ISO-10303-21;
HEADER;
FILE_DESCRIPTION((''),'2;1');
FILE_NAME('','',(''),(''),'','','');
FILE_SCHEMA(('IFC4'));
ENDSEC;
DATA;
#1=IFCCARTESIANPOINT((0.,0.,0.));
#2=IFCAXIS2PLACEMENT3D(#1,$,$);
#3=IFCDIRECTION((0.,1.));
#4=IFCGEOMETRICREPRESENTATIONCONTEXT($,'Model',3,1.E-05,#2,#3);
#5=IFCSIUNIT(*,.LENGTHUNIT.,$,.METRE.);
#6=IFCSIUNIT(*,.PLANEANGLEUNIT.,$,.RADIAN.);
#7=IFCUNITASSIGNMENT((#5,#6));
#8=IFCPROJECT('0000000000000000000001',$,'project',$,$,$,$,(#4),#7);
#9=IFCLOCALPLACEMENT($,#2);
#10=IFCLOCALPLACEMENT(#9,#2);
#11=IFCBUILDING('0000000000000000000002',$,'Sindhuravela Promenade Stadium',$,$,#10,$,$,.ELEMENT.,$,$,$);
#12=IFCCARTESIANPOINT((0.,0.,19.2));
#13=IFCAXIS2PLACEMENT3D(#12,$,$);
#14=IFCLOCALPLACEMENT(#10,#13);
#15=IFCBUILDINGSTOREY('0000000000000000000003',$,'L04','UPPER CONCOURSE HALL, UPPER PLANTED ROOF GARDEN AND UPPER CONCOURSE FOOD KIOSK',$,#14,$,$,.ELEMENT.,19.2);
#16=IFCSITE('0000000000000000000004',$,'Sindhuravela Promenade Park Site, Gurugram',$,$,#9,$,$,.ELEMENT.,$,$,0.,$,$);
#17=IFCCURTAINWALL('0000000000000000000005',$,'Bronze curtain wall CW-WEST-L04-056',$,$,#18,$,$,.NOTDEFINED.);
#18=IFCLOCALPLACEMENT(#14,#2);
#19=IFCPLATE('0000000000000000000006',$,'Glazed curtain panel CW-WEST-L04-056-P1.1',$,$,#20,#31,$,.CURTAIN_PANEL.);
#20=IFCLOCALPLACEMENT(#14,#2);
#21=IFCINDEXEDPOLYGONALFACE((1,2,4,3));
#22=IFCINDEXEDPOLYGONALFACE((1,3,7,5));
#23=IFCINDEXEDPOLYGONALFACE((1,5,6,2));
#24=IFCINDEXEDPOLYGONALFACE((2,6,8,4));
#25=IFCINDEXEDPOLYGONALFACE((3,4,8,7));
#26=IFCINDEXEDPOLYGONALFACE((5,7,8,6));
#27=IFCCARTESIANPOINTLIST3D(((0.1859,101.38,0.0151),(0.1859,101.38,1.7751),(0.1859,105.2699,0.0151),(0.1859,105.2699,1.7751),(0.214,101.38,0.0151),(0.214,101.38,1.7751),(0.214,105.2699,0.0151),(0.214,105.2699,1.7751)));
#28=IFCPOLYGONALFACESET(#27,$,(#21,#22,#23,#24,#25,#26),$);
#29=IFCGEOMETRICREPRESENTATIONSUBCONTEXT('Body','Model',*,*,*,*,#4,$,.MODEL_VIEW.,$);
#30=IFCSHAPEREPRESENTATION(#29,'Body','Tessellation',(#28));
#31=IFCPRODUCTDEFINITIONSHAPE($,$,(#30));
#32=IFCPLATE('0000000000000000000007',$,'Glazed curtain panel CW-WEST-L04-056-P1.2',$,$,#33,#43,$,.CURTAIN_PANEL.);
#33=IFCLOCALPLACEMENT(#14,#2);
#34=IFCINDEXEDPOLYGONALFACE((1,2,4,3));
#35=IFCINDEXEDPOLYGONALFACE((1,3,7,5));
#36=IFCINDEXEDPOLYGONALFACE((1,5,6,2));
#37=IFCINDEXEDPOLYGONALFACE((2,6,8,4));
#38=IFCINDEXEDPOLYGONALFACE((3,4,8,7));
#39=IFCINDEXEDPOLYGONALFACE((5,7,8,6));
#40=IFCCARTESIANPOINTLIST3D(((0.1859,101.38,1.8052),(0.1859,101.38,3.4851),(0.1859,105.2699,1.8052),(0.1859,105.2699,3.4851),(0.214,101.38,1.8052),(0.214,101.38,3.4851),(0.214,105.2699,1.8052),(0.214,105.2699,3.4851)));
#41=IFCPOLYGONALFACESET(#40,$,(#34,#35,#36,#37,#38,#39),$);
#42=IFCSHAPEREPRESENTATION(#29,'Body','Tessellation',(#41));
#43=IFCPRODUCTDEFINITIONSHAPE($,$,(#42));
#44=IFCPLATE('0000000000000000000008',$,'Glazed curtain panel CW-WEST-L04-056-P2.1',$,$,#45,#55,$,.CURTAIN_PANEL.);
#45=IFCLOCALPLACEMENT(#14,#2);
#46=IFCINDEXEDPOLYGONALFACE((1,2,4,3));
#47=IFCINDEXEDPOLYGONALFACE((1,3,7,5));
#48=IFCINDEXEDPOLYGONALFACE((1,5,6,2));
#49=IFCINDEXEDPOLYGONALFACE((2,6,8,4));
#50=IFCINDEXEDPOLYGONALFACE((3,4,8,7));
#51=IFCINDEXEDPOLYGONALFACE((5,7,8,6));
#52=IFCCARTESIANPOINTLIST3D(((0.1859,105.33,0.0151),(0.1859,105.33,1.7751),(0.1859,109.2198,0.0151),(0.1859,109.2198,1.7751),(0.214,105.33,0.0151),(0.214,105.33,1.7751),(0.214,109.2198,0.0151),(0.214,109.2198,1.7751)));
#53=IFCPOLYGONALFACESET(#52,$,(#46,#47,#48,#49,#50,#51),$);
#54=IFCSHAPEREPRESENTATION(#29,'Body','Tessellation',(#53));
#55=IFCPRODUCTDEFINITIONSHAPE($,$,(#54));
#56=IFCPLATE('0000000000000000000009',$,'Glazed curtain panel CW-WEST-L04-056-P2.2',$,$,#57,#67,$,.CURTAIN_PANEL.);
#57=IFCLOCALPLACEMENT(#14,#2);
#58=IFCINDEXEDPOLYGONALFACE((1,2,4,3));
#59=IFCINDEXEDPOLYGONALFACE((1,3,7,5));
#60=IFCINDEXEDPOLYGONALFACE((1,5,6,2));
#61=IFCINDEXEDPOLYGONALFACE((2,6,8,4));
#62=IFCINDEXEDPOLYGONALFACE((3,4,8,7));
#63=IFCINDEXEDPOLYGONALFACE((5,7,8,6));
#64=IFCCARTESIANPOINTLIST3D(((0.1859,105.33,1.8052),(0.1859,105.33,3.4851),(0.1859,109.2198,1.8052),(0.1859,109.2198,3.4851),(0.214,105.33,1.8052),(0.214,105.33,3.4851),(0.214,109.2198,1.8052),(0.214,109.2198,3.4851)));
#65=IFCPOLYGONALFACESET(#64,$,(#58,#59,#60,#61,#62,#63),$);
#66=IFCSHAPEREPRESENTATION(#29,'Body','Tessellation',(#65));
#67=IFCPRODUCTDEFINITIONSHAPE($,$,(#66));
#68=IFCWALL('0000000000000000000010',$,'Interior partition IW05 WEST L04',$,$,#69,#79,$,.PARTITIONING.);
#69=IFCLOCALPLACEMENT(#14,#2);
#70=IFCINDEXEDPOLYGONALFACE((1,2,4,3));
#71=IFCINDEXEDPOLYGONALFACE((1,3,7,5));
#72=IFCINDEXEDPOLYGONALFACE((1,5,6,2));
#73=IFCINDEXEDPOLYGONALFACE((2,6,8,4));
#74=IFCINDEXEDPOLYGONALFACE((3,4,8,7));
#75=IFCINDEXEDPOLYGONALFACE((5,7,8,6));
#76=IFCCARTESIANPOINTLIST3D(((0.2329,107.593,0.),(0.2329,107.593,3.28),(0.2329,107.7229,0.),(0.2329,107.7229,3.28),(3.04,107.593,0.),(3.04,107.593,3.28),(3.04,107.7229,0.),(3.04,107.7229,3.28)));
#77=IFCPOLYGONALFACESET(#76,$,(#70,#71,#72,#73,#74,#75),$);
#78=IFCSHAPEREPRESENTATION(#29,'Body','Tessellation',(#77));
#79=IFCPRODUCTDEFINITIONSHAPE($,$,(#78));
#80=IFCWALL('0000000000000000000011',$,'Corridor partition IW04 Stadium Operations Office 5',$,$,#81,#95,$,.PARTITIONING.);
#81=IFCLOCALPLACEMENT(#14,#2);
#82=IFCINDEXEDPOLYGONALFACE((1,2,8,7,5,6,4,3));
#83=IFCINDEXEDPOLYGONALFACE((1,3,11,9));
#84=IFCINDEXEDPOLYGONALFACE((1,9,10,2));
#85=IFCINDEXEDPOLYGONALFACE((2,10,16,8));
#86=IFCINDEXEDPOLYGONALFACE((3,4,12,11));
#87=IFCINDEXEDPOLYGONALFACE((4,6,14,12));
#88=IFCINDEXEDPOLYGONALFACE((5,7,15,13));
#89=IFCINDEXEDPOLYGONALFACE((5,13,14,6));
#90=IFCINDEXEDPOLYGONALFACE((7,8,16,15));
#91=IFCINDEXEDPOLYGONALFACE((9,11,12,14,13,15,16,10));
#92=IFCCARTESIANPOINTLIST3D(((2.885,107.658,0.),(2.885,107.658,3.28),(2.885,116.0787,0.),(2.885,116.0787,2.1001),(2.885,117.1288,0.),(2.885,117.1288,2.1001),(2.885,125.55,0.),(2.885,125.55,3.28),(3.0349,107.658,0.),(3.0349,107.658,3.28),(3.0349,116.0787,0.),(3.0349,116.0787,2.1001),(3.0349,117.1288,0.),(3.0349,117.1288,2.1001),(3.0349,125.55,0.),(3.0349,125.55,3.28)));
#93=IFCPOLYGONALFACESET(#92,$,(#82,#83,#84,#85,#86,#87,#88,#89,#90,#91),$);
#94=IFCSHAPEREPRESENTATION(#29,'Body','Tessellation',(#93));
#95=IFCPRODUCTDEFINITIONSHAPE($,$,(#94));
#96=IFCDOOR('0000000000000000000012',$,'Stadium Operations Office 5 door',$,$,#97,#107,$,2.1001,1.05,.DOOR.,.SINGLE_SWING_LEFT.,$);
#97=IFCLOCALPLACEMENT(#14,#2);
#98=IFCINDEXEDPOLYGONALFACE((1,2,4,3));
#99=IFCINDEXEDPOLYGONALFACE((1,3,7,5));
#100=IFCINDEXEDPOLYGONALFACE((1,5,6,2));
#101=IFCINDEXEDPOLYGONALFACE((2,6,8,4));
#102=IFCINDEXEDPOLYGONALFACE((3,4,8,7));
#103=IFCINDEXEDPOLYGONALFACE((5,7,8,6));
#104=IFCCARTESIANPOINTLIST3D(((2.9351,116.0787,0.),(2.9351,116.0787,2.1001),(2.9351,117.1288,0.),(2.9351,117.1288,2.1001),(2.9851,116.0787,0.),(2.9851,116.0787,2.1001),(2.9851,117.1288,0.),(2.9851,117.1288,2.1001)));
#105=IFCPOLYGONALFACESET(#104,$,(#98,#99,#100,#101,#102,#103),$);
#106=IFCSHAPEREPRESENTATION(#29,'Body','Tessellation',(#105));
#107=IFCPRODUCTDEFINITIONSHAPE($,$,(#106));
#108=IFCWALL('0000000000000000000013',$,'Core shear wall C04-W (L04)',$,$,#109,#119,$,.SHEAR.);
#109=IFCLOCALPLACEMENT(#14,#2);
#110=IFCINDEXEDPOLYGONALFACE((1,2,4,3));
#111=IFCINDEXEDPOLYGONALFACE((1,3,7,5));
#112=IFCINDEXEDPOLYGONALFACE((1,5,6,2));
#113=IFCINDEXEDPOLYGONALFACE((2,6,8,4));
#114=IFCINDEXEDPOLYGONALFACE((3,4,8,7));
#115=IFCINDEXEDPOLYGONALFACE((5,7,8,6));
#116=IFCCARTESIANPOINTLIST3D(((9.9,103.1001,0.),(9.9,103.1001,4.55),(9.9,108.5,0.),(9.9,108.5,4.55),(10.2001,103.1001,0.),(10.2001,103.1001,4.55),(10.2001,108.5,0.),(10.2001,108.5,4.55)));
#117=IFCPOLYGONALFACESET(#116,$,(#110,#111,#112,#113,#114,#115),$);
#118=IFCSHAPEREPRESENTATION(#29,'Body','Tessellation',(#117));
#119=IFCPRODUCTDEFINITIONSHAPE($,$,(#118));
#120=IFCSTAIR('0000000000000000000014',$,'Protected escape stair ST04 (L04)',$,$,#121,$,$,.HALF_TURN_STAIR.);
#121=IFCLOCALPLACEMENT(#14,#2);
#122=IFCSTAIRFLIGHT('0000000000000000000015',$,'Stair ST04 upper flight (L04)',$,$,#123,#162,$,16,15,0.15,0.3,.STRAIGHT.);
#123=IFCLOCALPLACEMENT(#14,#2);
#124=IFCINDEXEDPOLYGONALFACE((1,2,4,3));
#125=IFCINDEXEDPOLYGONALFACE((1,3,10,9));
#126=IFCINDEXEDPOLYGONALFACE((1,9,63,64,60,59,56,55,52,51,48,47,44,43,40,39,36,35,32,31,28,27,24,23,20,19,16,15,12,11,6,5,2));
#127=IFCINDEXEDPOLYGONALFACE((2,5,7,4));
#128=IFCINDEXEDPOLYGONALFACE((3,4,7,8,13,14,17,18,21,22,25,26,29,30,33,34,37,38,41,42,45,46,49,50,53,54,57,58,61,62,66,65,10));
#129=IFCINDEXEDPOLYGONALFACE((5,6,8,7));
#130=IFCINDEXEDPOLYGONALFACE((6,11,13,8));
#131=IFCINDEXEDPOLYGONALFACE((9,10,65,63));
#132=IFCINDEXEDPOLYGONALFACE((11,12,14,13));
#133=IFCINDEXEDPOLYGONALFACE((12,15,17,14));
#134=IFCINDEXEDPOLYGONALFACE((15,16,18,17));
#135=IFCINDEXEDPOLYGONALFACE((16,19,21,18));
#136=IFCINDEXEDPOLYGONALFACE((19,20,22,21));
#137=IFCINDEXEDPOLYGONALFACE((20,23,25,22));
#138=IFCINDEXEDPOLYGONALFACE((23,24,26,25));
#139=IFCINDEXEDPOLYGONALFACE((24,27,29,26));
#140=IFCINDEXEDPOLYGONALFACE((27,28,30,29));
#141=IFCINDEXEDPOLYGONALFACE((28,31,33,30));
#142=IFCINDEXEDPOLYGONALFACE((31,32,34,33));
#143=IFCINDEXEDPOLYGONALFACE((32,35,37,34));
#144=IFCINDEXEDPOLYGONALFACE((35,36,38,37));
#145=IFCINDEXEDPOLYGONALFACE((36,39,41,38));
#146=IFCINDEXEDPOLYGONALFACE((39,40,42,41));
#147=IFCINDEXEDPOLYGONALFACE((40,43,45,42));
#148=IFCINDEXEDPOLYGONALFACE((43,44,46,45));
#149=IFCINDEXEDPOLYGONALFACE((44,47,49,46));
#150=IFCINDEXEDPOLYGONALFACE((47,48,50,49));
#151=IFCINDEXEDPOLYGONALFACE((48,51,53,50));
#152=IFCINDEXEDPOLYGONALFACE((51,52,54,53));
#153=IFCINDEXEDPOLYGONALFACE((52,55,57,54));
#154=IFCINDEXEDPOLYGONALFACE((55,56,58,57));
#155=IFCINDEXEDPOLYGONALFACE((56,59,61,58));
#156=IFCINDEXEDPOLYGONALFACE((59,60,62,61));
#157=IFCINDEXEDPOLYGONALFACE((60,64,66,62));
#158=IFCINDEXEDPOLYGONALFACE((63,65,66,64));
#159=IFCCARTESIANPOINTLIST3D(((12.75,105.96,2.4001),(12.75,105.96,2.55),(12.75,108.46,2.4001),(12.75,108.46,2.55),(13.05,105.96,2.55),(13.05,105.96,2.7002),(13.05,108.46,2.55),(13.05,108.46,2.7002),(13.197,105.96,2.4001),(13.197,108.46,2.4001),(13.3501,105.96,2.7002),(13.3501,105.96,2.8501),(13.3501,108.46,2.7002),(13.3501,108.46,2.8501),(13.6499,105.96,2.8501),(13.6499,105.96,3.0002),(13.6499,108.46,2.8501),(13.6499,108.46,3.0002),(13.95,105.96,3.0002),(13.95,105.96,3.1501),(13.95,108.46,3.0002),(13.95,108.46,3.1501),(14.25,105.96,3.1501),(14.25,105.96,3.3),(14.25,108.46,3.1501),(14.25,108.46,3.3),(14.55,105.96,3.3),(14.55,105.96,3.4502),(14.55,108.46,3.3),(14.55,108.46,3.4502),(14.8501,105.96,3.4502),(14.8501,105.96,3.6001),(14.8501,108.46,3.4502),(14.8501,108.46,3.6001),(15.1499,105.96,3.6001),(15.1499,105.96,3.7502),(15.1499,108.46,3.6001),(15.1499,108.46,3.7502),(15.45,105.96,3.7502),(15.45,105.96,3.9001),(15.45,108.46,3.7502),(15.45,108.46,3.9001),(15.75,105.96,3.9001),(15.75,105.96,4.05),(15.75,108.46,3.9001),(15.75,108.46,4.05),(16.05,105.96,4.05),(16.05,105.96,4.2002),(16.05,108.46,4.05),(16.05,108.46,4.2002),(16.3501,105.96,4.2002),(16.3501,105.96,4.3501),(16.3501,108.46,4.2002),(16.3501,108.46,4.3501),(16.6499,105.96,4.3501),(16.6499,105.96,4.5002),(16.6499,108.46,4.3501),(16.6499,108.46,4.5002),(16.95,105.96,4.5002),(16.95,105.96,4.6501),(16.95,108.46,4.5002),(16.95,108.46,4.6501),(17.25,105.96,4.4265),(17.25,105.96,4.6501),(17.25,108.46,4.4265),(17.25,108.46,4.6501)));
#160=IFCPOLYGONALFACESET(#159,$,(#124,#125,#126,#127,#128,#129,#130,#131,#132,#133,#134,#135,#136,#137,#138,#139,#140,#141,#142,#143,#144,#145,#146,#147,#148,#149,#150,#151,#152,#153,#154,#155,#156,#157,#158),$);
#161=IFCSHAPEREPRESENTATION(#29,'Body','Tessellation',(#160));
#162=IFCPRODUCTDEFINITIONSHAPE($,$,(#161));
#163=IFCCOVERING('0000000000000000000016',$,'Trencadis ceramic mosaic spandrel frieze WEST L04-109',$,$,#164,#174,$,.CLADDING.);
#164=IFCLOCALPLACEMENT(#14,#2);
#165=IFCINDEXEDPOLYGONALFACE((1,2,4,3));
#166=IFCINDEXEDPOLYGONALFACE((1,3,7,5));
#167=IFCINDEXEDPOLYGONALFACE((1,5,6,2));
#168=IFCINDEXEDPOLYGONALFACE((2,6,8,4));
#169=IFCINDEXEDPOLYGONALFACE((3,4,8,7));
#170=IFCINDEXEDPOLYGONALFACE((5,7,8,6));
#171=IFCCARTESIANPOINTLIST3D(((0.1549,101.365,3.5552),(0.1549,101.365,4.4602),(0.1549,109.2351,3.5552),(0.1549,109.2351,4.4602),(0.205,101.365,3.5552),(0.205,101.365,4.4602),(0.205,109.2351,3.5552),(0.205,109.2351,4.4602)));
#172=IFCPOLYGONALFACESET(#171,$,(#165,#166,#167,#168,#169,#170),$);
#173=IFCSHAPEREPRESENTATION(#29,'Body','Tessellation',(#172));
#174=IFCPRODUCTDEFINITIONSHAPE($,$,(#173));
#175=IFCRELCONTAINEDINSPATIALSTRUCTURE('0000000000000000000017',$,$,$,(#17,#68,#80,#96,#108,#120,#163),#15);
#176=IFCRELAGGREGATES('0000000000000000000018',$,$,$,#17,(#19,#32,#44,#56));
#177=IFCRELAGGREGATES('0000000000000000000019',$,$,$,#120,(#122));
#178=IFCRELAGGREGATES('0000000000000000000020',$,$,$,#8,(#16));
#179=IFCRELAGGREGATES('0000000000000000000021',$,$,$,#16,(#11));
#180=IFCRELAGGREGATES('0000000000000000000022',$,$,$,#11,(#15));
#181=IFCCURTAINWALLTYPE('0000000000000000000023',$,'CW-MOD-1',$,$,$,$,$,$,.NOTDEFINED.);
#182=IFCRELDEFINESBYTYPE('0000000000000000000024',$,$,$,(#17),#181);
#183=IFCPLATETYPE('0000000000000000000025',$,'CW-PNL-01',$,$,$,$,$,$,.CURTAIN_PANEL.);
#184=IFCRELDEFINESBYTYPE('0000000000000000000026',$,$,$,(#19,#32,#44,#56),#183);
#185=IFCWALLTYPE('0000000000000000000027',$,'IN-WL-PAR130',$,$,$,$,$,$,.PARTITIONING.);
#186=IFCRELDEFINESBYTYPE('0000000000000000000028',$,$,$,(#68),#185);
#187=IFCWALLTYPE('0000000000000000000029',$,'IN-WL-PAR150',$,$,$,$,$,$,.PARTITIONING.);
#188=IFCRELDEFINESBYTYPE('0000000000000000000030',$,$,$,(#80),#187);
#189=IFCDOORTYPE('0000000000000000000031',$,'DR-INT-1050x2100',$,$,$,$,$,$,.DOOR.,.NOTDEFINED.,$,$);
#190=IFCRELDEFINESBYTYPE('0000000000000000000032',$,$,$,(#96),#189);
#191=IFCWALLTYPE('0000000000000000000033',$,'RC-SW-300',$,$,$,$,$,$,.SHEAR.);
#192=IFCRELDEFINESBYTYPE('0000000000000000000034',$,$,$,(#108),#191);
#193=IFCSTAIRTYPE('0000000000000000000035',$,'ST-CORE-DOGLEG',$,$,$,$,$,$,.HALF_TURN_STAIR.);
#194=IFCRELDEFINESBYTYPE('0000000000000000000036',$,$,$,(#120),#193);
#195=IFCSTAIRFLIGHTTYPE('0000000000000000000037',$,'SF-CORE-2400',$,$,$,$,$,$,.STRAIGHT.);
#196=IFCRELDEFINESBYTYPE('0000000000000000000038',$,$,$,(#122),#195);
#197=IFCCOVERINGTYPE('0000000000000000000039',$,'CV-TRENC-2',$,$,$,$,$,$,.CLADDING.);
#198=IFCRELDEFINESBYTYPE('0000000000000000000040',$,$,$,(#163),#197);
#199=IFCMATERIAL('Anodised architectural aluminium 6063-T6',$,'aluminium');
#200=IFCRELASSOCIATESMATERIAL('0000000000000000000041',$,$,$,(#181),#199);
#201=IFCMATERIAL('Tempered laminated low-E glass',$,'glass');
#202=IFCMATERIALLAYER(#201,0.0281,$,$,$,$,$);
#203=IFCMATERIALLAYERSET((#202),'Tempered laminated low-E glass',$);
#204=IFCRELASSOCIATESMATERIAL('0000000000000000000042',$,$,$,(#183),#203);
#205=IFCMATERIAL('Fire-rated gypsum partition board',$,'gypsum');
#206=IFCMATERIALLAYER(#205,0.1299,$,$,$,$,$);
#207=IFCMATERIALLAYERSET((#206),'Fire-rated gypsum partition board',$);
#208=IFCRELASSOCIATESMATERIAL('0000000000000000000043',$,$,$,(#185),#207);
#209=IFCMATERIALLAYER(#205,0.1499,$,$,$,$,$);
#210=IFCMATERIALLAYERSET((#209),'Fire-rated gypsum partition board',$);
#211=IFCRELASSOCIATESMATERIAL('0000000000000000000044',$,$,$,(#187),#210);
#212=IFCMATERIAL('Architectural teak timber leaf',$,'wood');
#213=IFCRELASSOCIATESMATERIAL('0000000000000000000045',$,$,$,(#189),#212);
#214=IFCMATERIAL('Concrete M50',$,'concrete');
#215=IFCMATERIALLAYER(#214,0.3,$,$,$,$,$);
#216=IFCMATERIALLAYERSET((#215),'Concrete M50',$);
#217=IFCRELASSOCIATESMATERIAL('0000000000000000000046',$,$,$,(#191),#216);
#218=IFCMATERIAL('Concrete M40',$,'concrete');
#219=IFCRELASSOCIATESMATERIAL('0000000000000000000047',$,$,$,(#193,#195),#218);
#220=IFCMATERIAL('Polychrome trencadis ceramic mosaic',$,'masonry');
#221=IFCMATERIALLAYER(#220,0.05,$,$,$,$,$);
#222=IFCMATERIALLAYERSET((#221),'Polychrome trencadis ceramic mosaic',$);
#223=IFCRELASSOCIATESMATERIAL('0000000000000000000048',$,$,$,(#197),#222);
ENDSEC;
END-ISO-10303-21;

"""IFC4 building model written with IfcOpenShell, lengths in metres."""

from ifc_helpers import new_model, si_unit, direction, frame, frame_2d, origin, origin_2d, place, context, subcontext, project, spatial, polyline, rectangle, outline, extrude, material, layer, layer_set, type_object, element, fill, aggregate, save


model = new_model("IFC4")

# Units and contexts
model_context = context("Model", 3, precision=1e-05, world=origin(), true_north=direction((0.0, 1.0)))
body_context = subcontext(model_context, "Body", "Model", "MODEL_VIEW")
ifc_project = project(units=[si_unit("LENGTHUNIT", "METRE"), si_unit("PLANEANGLEUNIT", "RADIAN")], contexts=[model_context])

# Site, building, storey
site_placement = place(None, origin())
site = spatial("IfcSite", under=ifc_project, at=site_placement, Name="Sindhuravela Promenade Park Site, Gurugram", CompositionType="ELEMENT", RefElevation=0.0)
building_placement = place(site_placement, origin())
building = spatial("IfcBuilding", under=site, at=building_placement, Name="Sindhuravela Promenade Stadium", CompositionType="ELEMENT")
storey_placement = place(building_placement, frame((0.0, 0.0, 19.2)))
storey = spatial("IfcBuildingStorey", under=building, at=storey_placement, Name="L04", Description="UPPER CONCOURSE HALL, UPPER PLANTED ROOF GARDEN AND UPPER CONCOURSE FOOD KIOSK", CompositionType="ELEMENT", Elevation=19.2)

# Shared definitions
ifc_material_1 = material(Name="Concrete M40", Category="concrete")

# Curtain wall
ifc_material_2 = material(Name="Anodised architectural aluminium 6063-T6", Category="aluminium")
curtain_wall_type = type_object("IfcCurtainWallType", Name="CW-MOD-1", PredefinedType="NOTDEFINED", material=ifc_material_2)
curtain_wall_placement = place(storey_placement, origin())
curtain_wall = element("IfcCurtainWall", 1, at=curtain_wall_placement, inside=storey, type_object=curtain_wall_type, Name="Bronze curtain wall CW-WEST-L04-056", PredefinedType="NOTDEFINED")

# Plates
ifc_material_3 = material(Name="Tempered laminated low-E glass", Category="glass")
ifc_layer_1 = layer(ifc_material_3, 0.0281)
ifc_layer_set_1 = layer_set([ifc_layer_1], Name="Tempered laminated low-E glass")
plate_type_1 = type_object("IfcPlateType", Name="CW-PNL-01", PredefinedType="CURTAIN_PANEL", material=ifc_layer_set_1)
plate_1_placement = place(storey_placement, frame((0.2, 103.325, 0.0151), z_axis=(0.0, 0.0, 1.0), x_axis=(0.0, 1.0, 0.0)))
plate_1 = element("IfcPlate", 2, at=plate_1_placement, type_object=plate_type_1, Name="Glazed curtain panel CW-WEST-L04-056-P1.1", PredefinedType="CURTAIN_PANEL", context=body_context, shape_type="SweptSolid", body=[
    extrude(rectangle(XDim=3.8899, YDim=0.0281, at=origin_2d()), origin(), (0.0, 0.0, 1.0), 1.76),
])
plate_2_placement = place(storey_placement, frame((0.2, 103.325, 1.8052), z_axis=(0.0, 0.0, 1.0), x_axis=(0.0, 1.0, 0.0)))
plate_2 = element("IfcPlate", 3, at=plate_2_placement, type_object=plate_type_1, Name="Glazed curtain panel CW-WEST-L04-056-P1.2", PredefinedType="CURTAIN_PANEL", context=body_context, shape_type="SweptSolid", body=[
    extrude(rectangle(XDim=3.8899, YDim=0.0281, at=origin_2d()), origin(), (0.0, 0.0, 1.0), 1.6799),
])
plate_3_placement = place(storey_placement, frame((0.2, 107.2749, 0.0151), z_axis=(0.0, 0.0, 1.0), x_axis=(0.0, 1.0, 0.0)))
plate_3 = element("IfcPlate", 4, at=plate_3_placement, type_object=plate_type_1, Name="Glazed curtain panel CW-WEST-L04-056-P2.1", PredefinedType="CURTAIN_PANEL", context=body_context, shape_type="SweptSolid", body=[
    extrude(rectangle(XDim=3.8899, YDim=0.0281, at=origin_2d()), origin(), (0.0, 0.0, 1.0), 1.76),
])
plate_4_placement = place(storey_placement, frame((0.2, 107.2749, 1.8052), z_axis=(0.0, 0.0, 1.0), x_axis=(0.0, 1.0, 0.0)))
plate_4 = element("IfcPlate", 5, at=plate_4_placement, type_object=plate_type_1, Name="Glazed curtain panel CW-WEST-L04-056-P2.2", PredefinedType="CURTAIN_PANEL", context=body_context, shape_type="SweptSolid", body=[
    extrude(rectangle(XDim=3.8899, YDim=0.0281, at=origin_2d()), origin(), (0.0, 0.0, 1.0), 1.6799),
])
aggregate(curtain_wall, [plate_1, plate_2, plate_3, plate_4])

# Wall
ifc_material_4 = material(Name="Fire-rated gypsum partition board", Category="gypsum")
ifc_layer_2 = layer(ifc_material_4, 0.1299)
ifc_layer_set_2 = layer_set([ifc_layer_2], Name="Fire-rated gypsum partition board")
wall_type_1 = type_object("IfcWallType", Name="IN-WL-PAR130", PredefinedType="PARTITIONING", material=ifc_layer_set_2)
wall_1_placement = place(storey_placement, frame((3.04, 107.658, 0.0), z_axis=(0.0, 0.0, 1.0), x_axis=(-1.0, 0.0, 0.0)))
element("IfcWall", 6, at=wall_1_placement, inside=storey, type_object=wall_type_1, Name="Interior partition IW05 WEST L04", PredefinedType="PARTITIONING", context=body_context, shape_type="SweptSolid", body=[
    extrude(rectangle(XDim=2.8071, YDim=0.1299, at=frame_2d((1.4036, 0.0))), origin(), (0.0, 0.0, 1.0), 3.28),
])

# Wall, opening, door
ifc_layer_3 = layer(ifc_material_4, 0.1499)
ifc_layer_set_3 = layer_set([ifc_layer_3], Name="Fire-rated gypsum partition board")
wall_type_2 = type_object("IfcWallType", Name="IN-WL-PAR150", PredefinedType="PARTITIONING", material=ifc_layer_set_3)
wall_2_placement = place(storey_placement, frame((2.96, 107.658, 0.0), z_axis=(0.0, 0.0, 1.0), x_axis=(0.0, 1.0, 0.0)))
wall_2 = element("IfcWall", 7, at=wall_2_placement, inside=storey, type_object=wall_type_2, Name="Corridor partition IW04 Stadium Operations Office 5", PredefinedType="PARTITIONING", context=body_context, shape_type="SweptSolid", body=[
    extrude(rectangle(XDim=17.8921, YDim=0.1499, at=frame_2d((8.946, 0.0))), origin(), (0.0, 0.0, 1.0), 3.28),
])
opening_placement = place(wall_2_placement, frame((8.4209, 0.0, 0.0)))
opening = element("IfcOpeningElement", 8, at=opening_placement, cuts=wall_2, PredefinedType="OPENING", context=body_context, shape_type="SweptSolid", body=[
    extrude(rectangle(XDim=1.05, YDim=2.1001, at=frame_2d((0.5249, 1.05))), frame((0.0, 0.085, 0.0), z_axis=(0.0, -1.0, 0.0), x_axis=(1.0, 0.0, 0.0)), (0.0, 0.0, 1.0), 0.1699),
])
ifc_material_5 = material(Name="Architectural teak timber leaf", Category="wood")
door_type = type_object("IfcDoorType", Name="DR-INT-1050x2100", OperationType="NOTDEFINED", PredefinedType="DOOR", material=ifc_material_5)
door_placement = place(opening_placement, origin())
door = element("IfcDoor", 9, at=door_placement, inside=storey, type_object=door_type, Name="Stadium Operations Office 5 door", OperationType="SINGLE_SWING_LEFT", OverallHeight=2.1001, OverallWidth=1.05, PredefinedType="DOOR", context=body_context, shape_type="SweptSolid", body=[
    extrude(rectangle(XDim=1.05, YDim=2.1001, at=frame_2d((0.5249, 1.05))), frame((0.0, 0.0249, 0.0), z_axis=(0.0, -1.0, 0.0), x_axis=(1.0, 0.0, 0.0)), (0.0, 0.0, 1.0), 0.05),
])
fill(opening, door)

# Wall
ifc_material_6 = material(Name="Concrete M50", Category="concrete")
ifc_layer_4 = layer(ifc_material_6, 0.3)
ifc_layer_set_4 = layer_set([ifc_layer_4], Name="Concrete M50")
wall_type_3 = type_object("IfcWallType", Name="RC-SW-300", PredefinedType="SHEAR", material=ifc_layer_set_4)
wall_3_placement = place(storey_placement, frame((10.05, 108.5, 0.0), z_axis=(0.0, 0.0, 1.0), x_axis=(0.0, -1.0, 0.0)))
element("IfcWall", 10, at=wall_3_placement, inside=storey, type_object=wall_type_3, Name="Core shear wall C04-W (L04)", PredefinedType="SHEAR", context=body_context, shape_type="SweptSolid", body=[
    extrude(rectangle(XDim=5.3999, YDim=0.3, at=frame_2d((2.7, 0.0))), origin(), (0.0, 0.0, 1.0), 4.55),
])

# Stair, stair flight
stair_type = type_object("IfcStairType", Name="ST-CORE-DOGLEG", PredefinedType="HALF_TURN_STAIR", material=ifc_material_1)
stair_placement = place(storey_placement, origin())
stair = element("IfcStair", 11, at=stair_placement, inside=storey, type_object=stair_type, Name="Protected escape stair ST04 (L04)", PredefinedType="HALF_TURN_STAIR")
stair_flight_type = type_object("IfcStairFlightType", Name="SF-CORE-2400", PredefinedType="STRAIGHT", material=ifc_material_1)
stair_flight_placement = place(storey_placement, frame((12.75, 107.21, 2.4001), z_axis=(0.0, 0.0, 1.0), x_axis=(1.0, 0.0, 0.0)))
stair_flight = element("IfcStairFlight", 12, at=stair_flight_placement, type_object=stair_flight_type, Name="Stair ST04 upper flight (L04)", NumberOfRisers=16, NumberOfTreads=15, PredefinedType="STRAIGHT", RiserHeight=0.15, TreadLength=0.3, context=body_context, shape_type="SweptSolid", body=[
    extrude(outline(polyline([(0.0, 0.0), (0.0, 0.1499), (0.3, 0.1499), (0.3, 0.3), (0.6001, 0.3), (0.6001, 0.45), (0.8999, 0.45), (0.8999, 0.6001), (1.2, 0.6001), (1.2, 0.75), (1.5, 0.75), (1.5, 0.8999), (1.8, 0.8999), (1.8, 1.05), (2.1001, 1.05), (2.1001, 1.2), (2.3999, 1.2), (2.3999, 1.3501), (2.7, 1.3501), (2.7, 1.5), (3.0, 1.5), (3.0, 1.6499), (3.3, 1.6499), (3.3, 1.8), (3.6001, 1.8), (3.6001, 1.95), (3.8999, 1.95), (3.8999, 2.1001), (4.2, 2.1001), (4.2, 2.25), (4.5, 2.25), (4.5, 2.3999), (4.5, 2.0264), (0.447, 0.0), (0.0, 0.0)])), frame((0.0, 1.25, 0.0), z_axis=(0.0, -1.0, 0.0), x_axis=(1.0, 0.0, 0.0)), (0.0, 0.0, 1.0), 2.5),
])
aggregate(stair, [stair_flight])

# Covering
ifc_material_7 = material(Name="Polychrome trencadis ceramic mosaic", Category="masonry")
ifc_layer_5 = layer(ifc_material_7, 0.05)
ifc_layer_set_5 = layer_set([ifc_layer_5], Name="Polychrome trencadis ceramic mosaic")
covering_type = type_object("IfcCoveringType", Name="CV-TRENC-2", PredefinedType="CLADDING", material=ifc_layer_set_5)
covering_placement = place(storey_placement, frame((0.1799, 105.3, 3.5552), z_axis=(0.0, 0.0, 1.0), x_axis=(0.0, 1.0, 0.0)))
element("IfcCovering", 13, at=covering_placement, inside=storey, type_object=covering_type, Name="Trencadis ceramic mosaic spandrel frieze WEST L04-109", PredefinedType="CLADDING", context=body_context, shape_type="SweptSolid", body=[
    extrude(rectangle(XDim=7.8701, YDim=0.05, at=origin_2d()), origin(), (0.0, 0.0, 1.0), 0.905),
])

save(model, "model.ifc")
